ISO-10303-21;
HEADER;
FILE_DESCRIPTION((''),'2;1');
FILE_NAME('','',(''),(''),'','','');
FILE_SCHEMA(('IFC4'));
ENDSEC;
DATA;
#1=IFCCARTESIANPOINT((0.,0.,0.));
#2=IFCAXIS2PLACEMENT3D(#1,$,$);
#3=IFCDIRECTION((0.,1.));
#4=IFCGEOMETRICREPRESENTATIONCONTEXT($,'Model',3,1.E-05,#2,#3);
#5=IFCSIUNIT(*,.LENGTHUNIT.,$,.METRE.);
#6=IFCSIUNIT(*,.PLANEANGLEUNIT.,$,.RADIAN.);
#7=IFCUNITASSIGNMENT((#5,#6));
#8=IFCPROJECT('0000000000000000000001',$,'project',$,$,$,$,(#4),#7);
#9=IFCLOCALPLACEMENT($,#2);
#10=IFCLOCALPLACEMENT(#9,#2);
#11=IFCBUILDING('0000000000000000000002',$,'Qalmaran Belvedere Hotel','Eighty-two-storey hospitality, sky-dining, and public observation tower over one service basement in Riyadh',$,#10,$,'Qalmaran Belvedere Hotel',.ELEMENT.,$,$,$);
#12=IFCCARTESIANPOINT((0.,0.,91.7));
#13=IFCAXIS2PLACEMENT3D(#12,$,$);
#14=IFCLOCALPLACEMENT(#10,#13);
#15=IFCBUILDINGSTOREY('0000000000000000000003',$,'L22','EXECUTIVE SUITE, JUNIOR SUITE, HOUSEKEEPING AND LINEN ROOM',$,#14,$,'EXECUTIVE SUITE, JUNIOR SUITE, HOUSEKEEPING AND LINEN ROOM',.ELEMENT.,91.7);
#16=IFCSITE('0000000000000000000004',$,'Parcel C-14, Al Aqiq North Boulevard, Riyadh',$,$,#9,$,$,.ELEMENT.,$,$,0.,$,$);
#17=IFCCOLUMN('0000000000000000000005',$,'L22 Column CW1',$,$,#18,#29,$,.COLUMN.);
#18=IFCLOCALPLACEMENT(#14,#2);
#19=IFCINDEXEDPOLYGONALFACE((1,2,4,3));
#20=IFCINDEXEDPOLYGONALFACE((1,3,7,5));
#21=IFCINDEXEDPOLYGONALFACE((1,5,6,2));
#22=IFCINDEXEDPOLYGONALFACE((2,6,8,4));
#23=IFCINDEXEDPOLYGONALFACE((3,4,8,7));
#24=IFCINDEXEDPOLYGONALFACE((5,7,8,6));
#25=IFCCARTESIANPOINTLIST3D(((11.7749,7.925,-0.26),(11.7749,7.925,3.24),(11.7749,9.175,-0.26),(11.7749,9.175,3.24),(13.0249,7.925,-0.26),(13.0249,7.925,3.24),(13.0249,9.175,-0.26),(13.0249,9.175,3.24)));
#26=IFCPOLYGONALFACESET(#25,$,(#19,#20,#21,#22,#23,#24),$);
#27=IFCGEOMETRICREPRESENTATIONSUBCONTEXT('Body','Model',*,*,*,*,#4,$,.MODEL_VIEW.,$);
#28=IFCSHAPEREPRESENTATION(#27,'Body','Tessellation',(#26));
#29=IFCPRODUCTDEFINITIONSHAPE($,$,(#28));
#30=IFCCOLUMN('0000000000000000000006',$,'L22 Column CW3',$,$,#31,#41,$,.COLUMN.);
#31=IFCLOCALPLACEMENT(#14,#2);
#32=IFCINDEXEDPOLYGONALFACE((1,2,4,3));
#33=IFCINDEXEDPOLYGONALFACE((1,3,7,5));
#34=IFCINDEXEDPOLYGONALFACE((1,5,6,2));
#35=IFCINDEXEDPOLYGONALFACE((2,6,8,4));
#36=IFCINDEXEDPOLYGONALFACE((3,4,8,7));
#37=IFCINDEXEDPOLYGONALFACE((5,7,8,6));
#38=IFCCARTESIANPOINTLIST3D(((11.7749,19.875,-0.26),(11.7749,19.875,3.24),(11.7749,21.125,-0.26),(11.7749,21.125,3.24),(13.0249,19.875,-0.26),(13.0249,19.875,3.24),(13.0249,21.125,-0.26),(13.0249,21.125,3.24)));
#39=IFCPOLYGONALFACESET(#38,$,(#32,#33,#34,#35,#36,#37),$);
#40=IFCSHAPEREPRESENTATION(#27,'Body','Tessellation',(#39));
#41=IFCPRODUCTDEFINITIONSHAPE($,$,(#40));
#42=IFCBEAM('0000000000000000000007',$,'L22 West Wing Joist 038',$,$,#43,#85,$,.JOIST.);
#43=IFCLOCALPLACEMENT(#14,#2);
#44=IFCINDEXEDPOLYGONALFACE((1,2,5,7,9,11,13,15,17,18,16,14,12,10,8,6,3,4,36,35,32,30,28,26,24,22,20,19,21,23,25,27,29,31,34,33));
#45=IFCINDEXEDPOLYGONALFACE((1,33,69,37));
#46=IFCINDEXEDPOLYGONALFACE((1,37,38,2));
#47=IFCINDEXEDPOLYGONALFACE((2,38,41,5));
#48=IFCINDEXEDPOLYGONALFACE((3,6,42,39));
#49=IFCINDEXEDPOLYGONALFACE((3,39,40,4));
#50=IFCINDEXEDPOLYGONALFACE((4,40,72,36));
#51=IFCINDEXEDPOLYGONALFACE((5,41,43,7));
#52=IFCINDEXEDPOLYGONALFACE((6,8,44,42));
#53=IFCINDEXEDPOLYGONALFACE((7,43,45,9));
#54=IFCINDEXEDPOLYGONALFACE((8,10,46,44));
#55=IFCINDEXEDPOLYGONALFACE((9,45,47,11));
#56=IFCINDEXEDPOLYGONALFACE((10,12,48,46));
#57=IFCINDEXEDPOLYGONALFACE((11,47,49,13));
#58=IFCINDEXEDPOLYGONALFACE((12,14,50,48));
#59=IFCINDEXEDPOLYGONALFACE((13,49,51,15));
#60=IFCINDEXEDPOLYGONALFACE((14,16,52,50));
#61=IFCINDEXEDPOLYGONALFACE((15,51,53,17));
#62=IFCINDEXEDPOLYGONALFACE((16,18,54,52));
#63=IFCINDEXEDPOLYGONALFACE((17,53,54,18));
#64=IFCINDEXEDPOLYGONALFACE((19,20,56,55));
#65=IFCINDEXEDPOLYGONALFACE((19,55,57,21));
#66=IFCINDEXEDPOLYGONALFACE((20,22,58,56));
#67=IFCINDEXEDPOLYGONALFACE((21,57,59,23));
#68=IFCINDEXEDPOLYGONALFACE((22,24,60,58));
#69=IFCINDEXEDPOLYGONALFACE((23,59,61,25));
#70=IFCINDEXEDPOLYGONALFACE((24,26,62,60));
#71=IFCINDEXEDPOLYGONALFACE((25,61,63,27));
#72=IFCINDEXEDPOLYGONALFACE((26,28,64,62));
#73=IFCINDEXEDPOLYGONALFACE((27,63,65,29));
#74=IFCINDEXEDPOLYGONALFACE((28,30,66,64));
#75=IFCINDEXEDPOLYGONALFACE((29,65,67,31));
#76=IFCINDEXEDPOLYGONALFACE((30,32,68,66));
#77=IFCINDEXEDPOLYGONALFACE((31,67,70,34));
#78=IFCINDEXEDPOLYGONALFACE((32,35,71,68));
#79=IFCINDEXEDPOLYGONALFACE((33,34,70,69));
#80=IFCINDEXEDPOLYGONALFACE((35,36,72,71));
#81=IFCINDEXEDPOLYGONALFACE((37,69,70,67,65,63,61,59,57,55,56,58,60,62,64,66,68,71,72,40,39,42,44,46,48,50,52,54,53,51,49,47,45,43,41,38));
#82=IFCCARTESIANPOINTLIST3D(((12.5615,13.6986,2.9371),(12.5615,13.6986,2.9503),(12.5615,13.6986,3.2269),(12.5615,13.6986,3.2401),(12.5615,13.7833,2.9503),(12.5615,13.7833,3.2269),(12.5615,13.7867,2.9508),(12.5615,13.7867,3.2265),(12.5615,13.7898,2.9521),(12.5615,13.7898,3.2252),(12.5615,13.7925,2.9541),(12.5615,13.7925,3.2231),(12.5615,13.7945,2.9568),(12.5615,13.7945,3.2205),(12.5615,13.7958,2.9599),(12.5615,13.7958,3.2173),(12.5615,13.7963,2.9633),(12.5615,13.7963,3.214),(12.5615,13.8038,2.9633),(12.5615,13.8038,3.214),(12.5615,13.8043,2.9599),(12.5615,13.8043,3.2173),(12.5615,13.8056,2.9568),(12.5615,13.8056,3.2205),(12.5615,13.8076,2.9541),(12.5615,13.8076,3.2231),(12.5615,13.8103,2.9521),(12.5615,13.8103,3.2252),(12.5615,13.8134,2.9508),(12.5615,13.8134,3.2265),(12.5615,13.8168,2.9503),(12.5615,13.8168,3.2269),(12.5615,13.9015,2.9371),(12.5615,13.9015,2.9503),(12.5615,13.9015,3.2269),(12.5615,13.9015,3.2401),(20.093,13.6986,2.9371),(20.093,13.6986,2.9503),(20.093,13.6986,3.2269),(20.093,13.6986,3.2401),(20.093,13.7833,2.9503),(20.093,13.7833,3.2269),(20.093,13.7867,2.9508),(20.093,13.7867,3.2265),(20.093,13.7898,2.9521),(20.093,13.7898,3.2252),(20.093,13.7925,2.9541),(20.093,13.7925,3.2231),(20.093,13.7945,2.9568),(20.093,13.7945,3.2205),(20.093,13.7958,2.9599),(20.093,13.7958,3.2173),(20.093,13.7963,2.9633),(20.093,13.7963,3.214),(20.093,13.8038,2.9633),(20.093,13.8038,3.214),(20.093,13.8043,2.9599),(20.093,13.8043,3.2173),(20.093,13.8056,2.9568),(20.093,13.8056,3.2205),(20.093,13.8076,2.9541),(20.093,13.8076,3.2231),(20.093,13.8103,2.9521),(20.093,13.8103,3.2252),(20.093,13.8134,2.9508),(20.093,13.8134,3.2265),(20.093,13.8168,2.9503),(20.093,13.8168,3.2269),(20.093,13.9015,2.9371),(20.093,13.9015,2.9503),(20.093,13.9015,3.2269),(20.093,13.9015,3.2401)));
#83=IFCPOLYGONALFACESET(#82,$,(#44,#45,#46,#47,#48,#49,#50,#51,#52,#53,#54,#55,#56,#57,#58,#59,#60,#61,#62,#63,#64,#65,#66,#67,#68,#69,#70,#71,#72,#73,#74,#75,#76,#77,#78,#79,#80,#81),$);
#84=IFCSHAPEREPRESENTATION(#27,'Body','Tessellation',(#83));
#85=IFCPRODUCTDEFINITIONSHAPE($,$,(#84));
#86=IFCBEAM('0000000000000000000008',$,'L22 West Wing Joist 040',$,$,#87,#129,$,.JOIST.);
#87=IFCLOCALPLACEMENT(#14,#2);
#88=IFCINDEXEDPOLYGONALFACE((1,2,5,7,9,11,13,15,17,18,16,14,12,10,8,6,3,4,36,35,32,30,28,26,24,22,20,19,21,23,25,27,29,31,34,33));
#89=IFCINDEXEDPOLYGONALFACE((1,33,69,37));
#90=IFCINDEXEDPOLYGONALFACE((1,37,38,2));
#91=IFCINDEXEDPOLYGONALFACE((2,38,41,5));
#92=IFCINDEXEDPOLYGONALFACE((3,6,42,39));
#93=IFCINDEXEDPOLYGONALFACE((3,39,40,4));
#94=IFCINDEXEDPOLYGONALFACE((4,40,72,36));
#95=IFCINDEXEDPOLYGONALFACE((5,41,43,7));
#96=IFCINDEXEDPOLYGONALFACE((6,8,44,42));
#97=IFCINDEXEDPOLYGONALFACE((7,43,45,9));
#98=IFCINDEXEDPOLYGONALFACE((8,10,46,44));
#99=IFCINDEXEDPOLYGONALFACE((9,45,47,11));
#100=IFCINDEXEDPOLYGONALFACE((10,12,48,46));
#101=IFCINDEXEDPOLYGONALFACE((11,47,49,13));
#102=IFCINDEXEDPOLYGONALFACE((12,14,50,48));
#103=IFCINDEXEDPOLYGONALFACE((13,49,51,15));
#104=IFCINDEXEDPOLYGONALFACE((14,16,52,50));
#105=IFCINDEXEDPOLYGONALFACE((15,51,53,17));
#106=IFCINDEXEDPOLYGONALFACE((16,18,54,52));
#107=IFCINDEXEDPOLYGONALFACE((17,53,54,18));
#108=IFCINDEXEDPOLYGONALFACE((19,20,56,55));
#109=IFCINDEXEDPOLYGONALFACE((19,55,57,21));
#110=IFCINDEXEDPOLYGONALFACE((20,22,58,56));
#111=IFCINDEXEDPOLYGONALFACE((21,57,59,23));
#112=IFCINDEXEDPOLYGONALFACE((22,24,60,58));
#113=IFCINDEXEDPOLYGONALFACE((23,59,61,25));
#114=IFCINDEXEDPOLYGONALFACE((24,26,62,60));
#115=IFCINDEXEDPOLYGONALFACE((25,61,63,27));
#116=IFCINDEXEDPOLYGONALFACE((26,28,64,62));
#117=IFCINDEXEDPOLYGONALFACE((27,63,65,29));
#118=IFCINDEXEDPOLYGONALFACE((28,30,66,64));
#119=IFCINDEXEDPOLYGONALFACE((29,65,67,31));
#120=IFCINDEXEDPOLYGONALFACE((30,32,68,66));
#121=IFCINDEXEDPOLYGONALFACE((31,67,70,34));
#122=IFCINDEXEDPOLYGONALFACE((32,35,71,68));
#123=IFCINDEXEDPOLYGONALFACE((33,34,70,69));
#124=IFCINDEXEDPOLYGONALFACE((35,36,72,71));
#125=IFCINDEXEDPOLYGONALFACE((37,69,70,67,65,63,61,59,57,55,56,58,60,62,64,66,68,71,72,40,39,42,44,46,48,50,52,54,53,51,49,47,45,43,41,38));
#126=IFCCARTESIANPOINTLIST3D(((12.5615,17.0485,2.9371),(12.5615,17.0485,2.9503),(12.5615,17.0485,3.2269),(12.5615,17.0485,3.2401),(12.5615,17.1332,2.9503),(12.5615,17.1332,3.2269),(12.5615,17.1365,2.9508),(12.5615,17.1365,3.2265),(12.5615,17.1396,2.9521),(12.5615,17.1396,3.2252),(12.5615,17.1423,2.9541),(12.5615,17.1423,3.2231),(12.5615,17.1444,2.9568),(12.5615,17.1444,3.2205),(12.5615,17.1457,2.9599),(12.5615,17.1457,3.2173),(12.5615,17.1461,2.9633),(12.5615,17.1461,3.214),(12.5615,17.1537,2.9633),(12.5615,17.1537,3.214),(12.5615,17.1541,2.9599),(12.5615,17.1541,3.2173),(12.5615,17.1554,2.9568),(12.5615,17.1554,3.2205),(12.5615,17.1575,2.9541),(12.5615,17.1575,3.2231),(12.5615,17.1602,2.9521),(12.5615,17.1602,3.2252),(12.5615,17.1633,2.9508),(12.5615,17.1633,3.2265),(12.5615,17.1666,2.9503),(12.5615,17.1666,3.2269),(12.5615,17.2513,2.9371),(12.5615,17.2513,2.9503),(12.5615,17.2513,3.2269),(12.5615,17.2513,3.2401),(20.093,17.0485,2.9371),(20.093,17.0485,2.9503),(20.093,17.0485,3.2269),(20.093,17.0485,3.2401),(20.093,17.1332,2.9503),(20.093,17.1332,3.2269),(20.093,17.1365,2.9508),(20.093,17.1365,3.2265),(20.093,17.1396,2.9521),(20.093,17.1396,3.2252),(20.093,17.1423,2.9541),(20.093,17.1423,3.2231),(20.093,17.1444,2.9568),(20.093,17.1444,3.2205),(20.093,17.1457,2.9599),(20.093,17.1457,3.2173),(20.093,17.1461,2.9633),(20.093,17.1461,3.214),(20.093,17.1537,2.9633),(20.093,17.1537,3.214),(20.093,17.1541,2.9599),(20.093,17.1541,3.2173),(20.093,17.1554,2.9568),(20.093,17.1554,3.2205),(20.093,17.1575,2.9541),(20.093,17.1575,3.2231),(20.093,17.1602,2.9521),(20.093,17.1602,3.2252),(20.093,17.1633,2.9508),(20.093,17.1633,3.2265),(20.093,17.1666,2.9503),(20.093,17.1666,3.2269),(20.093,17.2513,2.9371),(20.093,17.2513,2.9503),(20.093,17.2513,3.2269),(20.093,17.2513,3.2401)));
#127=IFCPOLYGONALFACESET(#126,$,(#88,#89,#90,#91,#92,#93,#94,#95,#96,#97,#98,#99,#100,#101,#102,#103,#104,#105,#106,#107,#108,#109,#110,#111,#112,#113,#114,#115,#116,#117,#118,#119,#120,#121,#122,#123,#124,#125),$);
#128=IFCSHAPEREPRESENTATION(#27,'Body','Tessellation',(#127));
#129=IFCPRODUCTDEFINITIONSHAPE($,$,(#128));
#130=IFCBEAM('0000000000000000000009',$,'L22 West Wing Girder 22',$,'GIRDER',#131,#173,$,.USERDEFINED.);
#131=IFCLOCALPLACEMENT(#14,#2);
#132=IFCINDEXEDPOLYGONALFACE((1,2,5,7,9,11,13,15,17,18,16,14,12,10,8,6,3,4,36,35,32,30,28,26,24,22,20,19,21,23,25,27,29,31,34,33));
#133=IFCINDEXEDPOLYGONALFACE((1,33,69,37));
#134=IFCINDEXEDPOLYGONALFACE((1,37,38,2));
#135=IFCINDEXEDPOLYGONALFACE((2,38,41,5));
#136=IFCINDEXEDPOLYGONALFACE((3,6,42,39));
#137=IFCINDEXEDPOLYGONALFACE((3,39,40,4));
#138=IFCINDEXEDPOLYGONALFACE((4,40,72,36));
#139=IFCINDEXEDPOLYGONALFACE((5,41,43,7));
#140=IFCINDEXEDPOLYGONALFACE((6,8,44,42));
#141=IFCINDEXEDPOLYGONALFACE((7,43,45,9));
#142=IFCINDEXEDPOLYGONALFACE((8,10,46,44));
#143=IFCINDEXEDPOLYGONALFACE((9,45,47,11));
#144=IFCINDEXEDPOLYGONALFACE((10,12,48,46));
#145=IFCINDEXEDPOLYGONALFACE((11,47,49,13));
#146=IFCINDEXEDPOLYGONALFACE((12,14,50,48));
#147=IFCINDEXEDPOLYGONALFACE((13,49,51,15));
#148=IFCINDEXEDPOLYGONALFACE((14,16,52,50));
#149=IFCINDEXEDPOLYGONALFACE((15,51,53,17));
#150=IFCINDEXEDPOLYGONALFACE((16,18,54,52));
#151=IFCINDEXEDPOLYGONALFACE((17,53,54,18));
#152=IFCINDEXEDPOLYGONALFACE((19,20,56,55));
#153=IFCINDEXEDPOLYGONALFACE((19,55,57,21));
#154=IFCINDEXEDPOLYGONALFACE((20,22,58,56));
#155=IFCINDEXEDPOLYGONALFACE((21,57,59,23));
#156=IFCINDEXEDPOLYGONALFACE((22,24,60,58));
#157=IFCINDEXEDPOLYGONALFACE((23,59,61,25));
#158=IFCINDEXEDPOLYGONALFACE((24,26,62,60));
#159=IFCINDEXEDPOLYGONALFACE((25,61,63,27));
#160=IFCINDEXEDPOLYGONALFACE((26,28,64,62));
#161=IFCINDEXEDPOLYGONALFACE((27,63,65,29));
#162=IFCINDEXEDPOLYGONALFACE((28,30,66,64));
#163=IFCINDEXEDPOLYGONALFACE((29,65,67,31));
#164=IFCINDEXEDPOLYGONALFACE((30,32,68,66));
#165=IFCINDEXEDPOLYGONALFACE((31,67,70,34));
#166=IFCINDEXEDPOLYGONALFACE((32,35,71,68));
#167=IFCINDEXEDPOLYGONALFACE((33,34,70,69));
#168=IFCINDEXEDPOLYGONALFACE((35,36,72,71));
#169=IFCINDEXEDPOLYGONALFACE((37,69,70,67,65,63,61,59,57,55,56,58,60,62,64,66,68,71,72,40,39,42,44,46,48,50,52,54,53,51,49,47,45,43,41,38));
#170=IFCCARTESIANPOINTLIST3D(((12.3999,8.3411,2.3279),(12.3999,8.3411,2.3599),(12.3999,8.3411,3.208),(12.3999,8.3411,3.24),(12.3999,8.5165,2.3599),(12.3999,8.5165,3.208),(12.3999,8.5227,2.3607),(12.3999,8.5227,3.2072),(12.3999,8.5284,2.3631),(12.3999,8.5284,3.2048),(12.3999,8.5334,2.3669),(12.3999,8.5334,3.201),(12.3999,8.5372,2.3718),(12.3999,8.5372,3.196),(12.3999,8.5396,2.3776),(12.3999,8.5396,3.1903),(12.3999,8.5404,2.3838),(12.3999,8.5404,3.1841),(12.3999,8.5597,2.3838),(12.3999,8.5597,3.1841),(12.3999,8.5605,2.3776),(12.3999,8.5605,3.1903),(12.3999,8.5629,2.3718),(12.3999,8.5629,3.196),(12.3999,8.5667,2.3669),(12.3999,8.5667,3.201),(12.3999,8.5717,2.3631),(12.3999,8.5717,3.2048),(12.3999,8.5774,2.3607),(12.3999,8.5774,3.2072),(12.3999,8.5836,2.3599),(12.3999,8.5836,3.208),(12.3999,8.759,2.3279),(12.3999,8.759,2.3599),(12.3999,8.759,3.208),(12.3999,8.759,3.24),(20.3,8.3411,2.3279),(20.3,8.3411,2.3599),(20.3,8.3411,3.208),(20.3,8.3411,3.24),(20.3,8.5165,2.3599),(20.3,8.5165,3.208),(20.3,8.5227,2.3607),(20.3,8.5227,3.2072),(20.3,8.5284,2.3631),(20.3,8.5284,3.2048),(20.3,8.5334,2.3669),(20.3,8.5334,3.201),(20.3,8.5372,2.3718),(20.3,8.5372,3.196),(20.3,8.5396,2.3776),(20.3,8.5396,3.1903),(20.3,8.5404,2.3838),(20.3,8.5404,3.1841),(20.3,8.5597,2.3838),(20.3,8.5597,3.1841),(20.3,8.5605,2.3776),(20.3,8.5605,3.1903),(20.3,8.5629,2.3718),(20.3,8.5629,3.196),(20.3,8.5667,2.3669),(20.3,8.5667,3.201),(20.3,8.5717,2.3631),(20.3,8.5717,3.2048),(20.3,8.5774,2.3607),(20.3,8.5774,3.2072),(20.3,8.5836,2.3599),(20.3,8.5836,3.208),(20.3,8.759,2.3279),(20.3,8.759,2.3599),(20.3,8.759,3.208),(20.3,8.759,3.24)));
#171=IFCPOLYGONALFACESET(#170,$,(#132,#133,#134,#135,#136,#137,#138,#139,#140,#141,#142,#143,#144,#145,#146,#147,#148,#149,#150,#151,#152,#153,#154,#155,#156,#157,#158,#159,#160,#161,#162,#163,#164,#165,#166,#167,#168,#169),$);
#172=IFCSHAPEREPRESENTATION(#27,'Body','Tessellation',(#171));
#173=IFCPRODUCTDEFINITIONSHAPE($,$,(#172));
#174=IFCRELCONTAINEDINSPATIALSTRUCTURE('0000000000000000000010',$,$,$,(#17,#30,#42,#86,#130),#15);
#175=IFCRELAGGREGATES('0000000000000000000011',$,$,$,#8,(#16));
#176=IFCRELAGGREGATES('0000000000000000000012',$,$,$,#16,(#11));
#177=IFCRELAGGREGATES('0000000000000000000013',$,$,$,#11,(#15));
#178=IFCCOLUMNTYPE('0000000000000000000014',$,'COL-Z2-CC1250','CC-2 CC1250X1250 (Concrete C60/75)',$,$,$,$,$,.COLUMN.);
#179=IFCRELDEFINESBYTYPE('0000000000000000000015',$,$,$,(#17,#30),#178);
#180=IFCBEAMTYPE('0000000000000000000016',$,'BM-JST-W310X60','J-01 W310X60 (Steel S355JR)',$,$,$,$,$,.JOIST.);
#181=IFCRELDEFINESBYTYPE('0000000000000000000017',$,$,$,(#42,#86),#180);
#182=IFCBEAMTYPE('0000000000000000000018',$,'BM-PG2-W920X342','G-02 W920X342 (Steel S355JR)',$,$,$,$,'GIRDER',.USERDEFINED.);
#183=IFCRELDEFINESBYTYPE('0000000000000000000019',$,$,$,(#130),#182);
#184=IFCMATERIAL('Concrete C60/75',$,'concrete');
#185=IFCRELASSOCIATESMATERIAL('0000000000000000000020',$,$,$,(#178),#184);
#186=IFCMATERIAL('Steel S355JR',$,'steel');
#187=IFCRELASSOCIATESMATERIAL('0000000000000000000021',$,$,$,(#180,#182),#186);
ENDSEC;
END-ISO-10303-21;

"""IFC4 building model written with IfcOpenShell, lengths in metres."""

from ifc_helpers import new_model, si_unit, direction, frame, origin, origin_2d, place, context, subcontext, project, spatial, rectangle, i_section, extrude, material, material_profile, profile_set, type_object, element, save


model = new_model("IFC4")

# Units and contexts
model_context = context("Model", 3, precision=1e-05, world=origin(), true_north=direction((0.0, 1.0)))
body_context = subcontext(model_context, "Body", "Model", "MODEL_VIEW")
ifc_project = project(units=[si_unit("LENGTHUNIT", "METRE"), si_unit("PLANEANGLEUNIT", "RADIAN")], contexts=[model_context])

# Site, building, storey
site_placement = place(None, origin())
site = spatial("IfcSite", under=ifc_project, at=site_placement, Name="Parcel C-14, Al Aqiq North Boulevard, Riyadh", CompositionType="ELEMENT", RefElevation=0.0)
building_placement = place(site_placement, origin())
building = spatial("IfcBuilding", under=site, at=building_placement, Name="Qalmaran Belvedere Hotel", Description="Eighty-two-storey hospitality, sky-dining, and public observation tower over one service basement in Riyadh", LongName="Qalmaran Belvedere Hotel", CompositionType="ELEMENT")
storey_placement = place(building_placement, frame((0.0, 0.0, 91.7)))
storey = spatial("IfcBuildingStorey", under=building, at=storey_placement, Name="L22", Description="EXECUTIVE SUITE, JUNIOR SUITE, HOUSEKEEPING AND LINEN ROOM", LongName="EXECUTIVE SUITE, JUNIOR SUITE, HOUSEKEEPING AND LINEN ROOM", CompositionType="ELEMENT", Elevation=91.7)

# Columns
ifc_material_1 = material(Name="Concrete C60/75", Category="concrete")
ifc_material_profile_1 = material_profile(ifc_material_1, rectangle(XDim=1.25, YDim=1.25, at=origin_2d()), Name="CC1250X1250")
ifc_profile_set_1 = profile_set([ifc_material_profile_1], Name="Concrete C60/75")
column_type = type_object("IfcColumnType", Name="COL-Z2-CC1250", Description="CC-2 CC1250X1250 (Concrete C60/75)", PredefinedType="COLUMN", material=ifc_profile_set_1)
for number, where, z_axis, x_axis, name in (
    (1, (12.3999, 8.55, -0.26), (0.0, 0.0, 1.0), (1.0, 0.0, 0.0), "L22 Column CW1"),
    (2, (12.3999, 20.5, -0.26), (0.0, 0.0, 1.0), (1.0, 0.0, 0.0), "L22 Column CW3"),
):
    element("IfcColumn", number, at=place(storey_placement, frame(where, z_axis=z_axis, x_axis=x_axis)), inside=storey, type_object=column_type, Name=name, PredefinedType="COLUMN", context=body_context, shape_type="SweptSolid", body=[
        extrude(rectangle(XDim=1.25, YDim=1.25, at=origin_2d()), origin(), (0.0, 0.0, 1.0), 3.5),
    ])

# Beams
ifc_material_2 = material(Name="Steel S355JR", Category="steel")
ifc_material_profile_2 = material_profile(ifc_material_2, i_section(OverallWidth=0.2029, OverallDepth=0.303, WebThickness=0.0076, FlangeThickness=0.0132, FilletRadius=0.0129, at=origin_2d()), Name="W310X60")
ifc_profile_set_2 = profile_set([ifc_material_profile_2], Name="Steel S355JR")
beam_type_1 = type_object("IfcBeamType", Name="BM-JST-W310X60", Description="J-01 W310X60 (Steel S355JR)", PredefinedType="JOIST", material=ifc_profile_set_2)
for number, where, z_axis, x_axis, name in (
    (3, (12.5615, 13.8, 3.0886), (1.0, 0.0, 0.0), (0.0, 1.0, 0.0), "L22 West Wing Joist 038"),
    (4, (12.5615, 17.1499, 3.0886), (1.0, 0.0, 0.0), (0.0, 1.0, 0.0), "L22 West Wing Joist 040"),
):
    element("IfcBeam", number, at=place(storey_placement, frame(where, z_axis=z_axis, x_axis=x_axis)), inside=storey, type_object=beam_type_1, Name=name, PredefinedType="JOIST", context=body_context, shape_type="SweptSolid", body=[
        extrude(i_section(OverallWidth=0.2029, OverallDepth=0.303, WebThickness=0.0076, FlangeThickness=0.0132, FilletRadius=0.0129, at=origin_2d()), origin(), (0.0, 0.0, 1.0), 7.5315),
    ])
ifc_material_profile_3 = material_profile(ifc_material_2, i_section(OverallWidth=0.418, OverallDepth=0.9121, WebThickness=0.0193, FlangeThickness=0.032, FilletRadius=0.0239, at=origin_2d()), Name="W920X342")
ifc_profile_set_3 = profile_set([ifc_material_profile_3], Name="Steel S355JR")
beam_type_2 = type_object("IfcBeamType", Name="BM-PG2-W920X342", Description="G-02 W920X342 (Steel S355JR)", ElementType="GIRDER", PredefinedType="USERDEFINED", material=ifc_profile_set_3)
for number, where, z_axis, x_axis, name in (
    (5, (12.3999, 8.55, 2.7839), (1.0, 0.0, 0.0), (0.0, 1.0, 0.0), "L22 West Wing Girder 22"),
):
    element("IfcBeam", number, at=place(storey_placement, frame(where, z_axis=z_axis, x_axis=x_axis)), inside=storey, type_object=beam_type_2, Name=name, ObjectType="GIRDER", PredefinedType="USERDEFINED", context=body_context, shape_type="SweptSolid", body=[
        extrude(i_section(OverallWidth=0.418, OverallDepth=0.9121, WebThickness=0.0193, FlangeThickness=0.032, FilletRadius=0.0239, at=origin_2d()), origin(), (0.0, 0.0, 1.0), 7.9001),
    ])

save(model, "model.ifc")
